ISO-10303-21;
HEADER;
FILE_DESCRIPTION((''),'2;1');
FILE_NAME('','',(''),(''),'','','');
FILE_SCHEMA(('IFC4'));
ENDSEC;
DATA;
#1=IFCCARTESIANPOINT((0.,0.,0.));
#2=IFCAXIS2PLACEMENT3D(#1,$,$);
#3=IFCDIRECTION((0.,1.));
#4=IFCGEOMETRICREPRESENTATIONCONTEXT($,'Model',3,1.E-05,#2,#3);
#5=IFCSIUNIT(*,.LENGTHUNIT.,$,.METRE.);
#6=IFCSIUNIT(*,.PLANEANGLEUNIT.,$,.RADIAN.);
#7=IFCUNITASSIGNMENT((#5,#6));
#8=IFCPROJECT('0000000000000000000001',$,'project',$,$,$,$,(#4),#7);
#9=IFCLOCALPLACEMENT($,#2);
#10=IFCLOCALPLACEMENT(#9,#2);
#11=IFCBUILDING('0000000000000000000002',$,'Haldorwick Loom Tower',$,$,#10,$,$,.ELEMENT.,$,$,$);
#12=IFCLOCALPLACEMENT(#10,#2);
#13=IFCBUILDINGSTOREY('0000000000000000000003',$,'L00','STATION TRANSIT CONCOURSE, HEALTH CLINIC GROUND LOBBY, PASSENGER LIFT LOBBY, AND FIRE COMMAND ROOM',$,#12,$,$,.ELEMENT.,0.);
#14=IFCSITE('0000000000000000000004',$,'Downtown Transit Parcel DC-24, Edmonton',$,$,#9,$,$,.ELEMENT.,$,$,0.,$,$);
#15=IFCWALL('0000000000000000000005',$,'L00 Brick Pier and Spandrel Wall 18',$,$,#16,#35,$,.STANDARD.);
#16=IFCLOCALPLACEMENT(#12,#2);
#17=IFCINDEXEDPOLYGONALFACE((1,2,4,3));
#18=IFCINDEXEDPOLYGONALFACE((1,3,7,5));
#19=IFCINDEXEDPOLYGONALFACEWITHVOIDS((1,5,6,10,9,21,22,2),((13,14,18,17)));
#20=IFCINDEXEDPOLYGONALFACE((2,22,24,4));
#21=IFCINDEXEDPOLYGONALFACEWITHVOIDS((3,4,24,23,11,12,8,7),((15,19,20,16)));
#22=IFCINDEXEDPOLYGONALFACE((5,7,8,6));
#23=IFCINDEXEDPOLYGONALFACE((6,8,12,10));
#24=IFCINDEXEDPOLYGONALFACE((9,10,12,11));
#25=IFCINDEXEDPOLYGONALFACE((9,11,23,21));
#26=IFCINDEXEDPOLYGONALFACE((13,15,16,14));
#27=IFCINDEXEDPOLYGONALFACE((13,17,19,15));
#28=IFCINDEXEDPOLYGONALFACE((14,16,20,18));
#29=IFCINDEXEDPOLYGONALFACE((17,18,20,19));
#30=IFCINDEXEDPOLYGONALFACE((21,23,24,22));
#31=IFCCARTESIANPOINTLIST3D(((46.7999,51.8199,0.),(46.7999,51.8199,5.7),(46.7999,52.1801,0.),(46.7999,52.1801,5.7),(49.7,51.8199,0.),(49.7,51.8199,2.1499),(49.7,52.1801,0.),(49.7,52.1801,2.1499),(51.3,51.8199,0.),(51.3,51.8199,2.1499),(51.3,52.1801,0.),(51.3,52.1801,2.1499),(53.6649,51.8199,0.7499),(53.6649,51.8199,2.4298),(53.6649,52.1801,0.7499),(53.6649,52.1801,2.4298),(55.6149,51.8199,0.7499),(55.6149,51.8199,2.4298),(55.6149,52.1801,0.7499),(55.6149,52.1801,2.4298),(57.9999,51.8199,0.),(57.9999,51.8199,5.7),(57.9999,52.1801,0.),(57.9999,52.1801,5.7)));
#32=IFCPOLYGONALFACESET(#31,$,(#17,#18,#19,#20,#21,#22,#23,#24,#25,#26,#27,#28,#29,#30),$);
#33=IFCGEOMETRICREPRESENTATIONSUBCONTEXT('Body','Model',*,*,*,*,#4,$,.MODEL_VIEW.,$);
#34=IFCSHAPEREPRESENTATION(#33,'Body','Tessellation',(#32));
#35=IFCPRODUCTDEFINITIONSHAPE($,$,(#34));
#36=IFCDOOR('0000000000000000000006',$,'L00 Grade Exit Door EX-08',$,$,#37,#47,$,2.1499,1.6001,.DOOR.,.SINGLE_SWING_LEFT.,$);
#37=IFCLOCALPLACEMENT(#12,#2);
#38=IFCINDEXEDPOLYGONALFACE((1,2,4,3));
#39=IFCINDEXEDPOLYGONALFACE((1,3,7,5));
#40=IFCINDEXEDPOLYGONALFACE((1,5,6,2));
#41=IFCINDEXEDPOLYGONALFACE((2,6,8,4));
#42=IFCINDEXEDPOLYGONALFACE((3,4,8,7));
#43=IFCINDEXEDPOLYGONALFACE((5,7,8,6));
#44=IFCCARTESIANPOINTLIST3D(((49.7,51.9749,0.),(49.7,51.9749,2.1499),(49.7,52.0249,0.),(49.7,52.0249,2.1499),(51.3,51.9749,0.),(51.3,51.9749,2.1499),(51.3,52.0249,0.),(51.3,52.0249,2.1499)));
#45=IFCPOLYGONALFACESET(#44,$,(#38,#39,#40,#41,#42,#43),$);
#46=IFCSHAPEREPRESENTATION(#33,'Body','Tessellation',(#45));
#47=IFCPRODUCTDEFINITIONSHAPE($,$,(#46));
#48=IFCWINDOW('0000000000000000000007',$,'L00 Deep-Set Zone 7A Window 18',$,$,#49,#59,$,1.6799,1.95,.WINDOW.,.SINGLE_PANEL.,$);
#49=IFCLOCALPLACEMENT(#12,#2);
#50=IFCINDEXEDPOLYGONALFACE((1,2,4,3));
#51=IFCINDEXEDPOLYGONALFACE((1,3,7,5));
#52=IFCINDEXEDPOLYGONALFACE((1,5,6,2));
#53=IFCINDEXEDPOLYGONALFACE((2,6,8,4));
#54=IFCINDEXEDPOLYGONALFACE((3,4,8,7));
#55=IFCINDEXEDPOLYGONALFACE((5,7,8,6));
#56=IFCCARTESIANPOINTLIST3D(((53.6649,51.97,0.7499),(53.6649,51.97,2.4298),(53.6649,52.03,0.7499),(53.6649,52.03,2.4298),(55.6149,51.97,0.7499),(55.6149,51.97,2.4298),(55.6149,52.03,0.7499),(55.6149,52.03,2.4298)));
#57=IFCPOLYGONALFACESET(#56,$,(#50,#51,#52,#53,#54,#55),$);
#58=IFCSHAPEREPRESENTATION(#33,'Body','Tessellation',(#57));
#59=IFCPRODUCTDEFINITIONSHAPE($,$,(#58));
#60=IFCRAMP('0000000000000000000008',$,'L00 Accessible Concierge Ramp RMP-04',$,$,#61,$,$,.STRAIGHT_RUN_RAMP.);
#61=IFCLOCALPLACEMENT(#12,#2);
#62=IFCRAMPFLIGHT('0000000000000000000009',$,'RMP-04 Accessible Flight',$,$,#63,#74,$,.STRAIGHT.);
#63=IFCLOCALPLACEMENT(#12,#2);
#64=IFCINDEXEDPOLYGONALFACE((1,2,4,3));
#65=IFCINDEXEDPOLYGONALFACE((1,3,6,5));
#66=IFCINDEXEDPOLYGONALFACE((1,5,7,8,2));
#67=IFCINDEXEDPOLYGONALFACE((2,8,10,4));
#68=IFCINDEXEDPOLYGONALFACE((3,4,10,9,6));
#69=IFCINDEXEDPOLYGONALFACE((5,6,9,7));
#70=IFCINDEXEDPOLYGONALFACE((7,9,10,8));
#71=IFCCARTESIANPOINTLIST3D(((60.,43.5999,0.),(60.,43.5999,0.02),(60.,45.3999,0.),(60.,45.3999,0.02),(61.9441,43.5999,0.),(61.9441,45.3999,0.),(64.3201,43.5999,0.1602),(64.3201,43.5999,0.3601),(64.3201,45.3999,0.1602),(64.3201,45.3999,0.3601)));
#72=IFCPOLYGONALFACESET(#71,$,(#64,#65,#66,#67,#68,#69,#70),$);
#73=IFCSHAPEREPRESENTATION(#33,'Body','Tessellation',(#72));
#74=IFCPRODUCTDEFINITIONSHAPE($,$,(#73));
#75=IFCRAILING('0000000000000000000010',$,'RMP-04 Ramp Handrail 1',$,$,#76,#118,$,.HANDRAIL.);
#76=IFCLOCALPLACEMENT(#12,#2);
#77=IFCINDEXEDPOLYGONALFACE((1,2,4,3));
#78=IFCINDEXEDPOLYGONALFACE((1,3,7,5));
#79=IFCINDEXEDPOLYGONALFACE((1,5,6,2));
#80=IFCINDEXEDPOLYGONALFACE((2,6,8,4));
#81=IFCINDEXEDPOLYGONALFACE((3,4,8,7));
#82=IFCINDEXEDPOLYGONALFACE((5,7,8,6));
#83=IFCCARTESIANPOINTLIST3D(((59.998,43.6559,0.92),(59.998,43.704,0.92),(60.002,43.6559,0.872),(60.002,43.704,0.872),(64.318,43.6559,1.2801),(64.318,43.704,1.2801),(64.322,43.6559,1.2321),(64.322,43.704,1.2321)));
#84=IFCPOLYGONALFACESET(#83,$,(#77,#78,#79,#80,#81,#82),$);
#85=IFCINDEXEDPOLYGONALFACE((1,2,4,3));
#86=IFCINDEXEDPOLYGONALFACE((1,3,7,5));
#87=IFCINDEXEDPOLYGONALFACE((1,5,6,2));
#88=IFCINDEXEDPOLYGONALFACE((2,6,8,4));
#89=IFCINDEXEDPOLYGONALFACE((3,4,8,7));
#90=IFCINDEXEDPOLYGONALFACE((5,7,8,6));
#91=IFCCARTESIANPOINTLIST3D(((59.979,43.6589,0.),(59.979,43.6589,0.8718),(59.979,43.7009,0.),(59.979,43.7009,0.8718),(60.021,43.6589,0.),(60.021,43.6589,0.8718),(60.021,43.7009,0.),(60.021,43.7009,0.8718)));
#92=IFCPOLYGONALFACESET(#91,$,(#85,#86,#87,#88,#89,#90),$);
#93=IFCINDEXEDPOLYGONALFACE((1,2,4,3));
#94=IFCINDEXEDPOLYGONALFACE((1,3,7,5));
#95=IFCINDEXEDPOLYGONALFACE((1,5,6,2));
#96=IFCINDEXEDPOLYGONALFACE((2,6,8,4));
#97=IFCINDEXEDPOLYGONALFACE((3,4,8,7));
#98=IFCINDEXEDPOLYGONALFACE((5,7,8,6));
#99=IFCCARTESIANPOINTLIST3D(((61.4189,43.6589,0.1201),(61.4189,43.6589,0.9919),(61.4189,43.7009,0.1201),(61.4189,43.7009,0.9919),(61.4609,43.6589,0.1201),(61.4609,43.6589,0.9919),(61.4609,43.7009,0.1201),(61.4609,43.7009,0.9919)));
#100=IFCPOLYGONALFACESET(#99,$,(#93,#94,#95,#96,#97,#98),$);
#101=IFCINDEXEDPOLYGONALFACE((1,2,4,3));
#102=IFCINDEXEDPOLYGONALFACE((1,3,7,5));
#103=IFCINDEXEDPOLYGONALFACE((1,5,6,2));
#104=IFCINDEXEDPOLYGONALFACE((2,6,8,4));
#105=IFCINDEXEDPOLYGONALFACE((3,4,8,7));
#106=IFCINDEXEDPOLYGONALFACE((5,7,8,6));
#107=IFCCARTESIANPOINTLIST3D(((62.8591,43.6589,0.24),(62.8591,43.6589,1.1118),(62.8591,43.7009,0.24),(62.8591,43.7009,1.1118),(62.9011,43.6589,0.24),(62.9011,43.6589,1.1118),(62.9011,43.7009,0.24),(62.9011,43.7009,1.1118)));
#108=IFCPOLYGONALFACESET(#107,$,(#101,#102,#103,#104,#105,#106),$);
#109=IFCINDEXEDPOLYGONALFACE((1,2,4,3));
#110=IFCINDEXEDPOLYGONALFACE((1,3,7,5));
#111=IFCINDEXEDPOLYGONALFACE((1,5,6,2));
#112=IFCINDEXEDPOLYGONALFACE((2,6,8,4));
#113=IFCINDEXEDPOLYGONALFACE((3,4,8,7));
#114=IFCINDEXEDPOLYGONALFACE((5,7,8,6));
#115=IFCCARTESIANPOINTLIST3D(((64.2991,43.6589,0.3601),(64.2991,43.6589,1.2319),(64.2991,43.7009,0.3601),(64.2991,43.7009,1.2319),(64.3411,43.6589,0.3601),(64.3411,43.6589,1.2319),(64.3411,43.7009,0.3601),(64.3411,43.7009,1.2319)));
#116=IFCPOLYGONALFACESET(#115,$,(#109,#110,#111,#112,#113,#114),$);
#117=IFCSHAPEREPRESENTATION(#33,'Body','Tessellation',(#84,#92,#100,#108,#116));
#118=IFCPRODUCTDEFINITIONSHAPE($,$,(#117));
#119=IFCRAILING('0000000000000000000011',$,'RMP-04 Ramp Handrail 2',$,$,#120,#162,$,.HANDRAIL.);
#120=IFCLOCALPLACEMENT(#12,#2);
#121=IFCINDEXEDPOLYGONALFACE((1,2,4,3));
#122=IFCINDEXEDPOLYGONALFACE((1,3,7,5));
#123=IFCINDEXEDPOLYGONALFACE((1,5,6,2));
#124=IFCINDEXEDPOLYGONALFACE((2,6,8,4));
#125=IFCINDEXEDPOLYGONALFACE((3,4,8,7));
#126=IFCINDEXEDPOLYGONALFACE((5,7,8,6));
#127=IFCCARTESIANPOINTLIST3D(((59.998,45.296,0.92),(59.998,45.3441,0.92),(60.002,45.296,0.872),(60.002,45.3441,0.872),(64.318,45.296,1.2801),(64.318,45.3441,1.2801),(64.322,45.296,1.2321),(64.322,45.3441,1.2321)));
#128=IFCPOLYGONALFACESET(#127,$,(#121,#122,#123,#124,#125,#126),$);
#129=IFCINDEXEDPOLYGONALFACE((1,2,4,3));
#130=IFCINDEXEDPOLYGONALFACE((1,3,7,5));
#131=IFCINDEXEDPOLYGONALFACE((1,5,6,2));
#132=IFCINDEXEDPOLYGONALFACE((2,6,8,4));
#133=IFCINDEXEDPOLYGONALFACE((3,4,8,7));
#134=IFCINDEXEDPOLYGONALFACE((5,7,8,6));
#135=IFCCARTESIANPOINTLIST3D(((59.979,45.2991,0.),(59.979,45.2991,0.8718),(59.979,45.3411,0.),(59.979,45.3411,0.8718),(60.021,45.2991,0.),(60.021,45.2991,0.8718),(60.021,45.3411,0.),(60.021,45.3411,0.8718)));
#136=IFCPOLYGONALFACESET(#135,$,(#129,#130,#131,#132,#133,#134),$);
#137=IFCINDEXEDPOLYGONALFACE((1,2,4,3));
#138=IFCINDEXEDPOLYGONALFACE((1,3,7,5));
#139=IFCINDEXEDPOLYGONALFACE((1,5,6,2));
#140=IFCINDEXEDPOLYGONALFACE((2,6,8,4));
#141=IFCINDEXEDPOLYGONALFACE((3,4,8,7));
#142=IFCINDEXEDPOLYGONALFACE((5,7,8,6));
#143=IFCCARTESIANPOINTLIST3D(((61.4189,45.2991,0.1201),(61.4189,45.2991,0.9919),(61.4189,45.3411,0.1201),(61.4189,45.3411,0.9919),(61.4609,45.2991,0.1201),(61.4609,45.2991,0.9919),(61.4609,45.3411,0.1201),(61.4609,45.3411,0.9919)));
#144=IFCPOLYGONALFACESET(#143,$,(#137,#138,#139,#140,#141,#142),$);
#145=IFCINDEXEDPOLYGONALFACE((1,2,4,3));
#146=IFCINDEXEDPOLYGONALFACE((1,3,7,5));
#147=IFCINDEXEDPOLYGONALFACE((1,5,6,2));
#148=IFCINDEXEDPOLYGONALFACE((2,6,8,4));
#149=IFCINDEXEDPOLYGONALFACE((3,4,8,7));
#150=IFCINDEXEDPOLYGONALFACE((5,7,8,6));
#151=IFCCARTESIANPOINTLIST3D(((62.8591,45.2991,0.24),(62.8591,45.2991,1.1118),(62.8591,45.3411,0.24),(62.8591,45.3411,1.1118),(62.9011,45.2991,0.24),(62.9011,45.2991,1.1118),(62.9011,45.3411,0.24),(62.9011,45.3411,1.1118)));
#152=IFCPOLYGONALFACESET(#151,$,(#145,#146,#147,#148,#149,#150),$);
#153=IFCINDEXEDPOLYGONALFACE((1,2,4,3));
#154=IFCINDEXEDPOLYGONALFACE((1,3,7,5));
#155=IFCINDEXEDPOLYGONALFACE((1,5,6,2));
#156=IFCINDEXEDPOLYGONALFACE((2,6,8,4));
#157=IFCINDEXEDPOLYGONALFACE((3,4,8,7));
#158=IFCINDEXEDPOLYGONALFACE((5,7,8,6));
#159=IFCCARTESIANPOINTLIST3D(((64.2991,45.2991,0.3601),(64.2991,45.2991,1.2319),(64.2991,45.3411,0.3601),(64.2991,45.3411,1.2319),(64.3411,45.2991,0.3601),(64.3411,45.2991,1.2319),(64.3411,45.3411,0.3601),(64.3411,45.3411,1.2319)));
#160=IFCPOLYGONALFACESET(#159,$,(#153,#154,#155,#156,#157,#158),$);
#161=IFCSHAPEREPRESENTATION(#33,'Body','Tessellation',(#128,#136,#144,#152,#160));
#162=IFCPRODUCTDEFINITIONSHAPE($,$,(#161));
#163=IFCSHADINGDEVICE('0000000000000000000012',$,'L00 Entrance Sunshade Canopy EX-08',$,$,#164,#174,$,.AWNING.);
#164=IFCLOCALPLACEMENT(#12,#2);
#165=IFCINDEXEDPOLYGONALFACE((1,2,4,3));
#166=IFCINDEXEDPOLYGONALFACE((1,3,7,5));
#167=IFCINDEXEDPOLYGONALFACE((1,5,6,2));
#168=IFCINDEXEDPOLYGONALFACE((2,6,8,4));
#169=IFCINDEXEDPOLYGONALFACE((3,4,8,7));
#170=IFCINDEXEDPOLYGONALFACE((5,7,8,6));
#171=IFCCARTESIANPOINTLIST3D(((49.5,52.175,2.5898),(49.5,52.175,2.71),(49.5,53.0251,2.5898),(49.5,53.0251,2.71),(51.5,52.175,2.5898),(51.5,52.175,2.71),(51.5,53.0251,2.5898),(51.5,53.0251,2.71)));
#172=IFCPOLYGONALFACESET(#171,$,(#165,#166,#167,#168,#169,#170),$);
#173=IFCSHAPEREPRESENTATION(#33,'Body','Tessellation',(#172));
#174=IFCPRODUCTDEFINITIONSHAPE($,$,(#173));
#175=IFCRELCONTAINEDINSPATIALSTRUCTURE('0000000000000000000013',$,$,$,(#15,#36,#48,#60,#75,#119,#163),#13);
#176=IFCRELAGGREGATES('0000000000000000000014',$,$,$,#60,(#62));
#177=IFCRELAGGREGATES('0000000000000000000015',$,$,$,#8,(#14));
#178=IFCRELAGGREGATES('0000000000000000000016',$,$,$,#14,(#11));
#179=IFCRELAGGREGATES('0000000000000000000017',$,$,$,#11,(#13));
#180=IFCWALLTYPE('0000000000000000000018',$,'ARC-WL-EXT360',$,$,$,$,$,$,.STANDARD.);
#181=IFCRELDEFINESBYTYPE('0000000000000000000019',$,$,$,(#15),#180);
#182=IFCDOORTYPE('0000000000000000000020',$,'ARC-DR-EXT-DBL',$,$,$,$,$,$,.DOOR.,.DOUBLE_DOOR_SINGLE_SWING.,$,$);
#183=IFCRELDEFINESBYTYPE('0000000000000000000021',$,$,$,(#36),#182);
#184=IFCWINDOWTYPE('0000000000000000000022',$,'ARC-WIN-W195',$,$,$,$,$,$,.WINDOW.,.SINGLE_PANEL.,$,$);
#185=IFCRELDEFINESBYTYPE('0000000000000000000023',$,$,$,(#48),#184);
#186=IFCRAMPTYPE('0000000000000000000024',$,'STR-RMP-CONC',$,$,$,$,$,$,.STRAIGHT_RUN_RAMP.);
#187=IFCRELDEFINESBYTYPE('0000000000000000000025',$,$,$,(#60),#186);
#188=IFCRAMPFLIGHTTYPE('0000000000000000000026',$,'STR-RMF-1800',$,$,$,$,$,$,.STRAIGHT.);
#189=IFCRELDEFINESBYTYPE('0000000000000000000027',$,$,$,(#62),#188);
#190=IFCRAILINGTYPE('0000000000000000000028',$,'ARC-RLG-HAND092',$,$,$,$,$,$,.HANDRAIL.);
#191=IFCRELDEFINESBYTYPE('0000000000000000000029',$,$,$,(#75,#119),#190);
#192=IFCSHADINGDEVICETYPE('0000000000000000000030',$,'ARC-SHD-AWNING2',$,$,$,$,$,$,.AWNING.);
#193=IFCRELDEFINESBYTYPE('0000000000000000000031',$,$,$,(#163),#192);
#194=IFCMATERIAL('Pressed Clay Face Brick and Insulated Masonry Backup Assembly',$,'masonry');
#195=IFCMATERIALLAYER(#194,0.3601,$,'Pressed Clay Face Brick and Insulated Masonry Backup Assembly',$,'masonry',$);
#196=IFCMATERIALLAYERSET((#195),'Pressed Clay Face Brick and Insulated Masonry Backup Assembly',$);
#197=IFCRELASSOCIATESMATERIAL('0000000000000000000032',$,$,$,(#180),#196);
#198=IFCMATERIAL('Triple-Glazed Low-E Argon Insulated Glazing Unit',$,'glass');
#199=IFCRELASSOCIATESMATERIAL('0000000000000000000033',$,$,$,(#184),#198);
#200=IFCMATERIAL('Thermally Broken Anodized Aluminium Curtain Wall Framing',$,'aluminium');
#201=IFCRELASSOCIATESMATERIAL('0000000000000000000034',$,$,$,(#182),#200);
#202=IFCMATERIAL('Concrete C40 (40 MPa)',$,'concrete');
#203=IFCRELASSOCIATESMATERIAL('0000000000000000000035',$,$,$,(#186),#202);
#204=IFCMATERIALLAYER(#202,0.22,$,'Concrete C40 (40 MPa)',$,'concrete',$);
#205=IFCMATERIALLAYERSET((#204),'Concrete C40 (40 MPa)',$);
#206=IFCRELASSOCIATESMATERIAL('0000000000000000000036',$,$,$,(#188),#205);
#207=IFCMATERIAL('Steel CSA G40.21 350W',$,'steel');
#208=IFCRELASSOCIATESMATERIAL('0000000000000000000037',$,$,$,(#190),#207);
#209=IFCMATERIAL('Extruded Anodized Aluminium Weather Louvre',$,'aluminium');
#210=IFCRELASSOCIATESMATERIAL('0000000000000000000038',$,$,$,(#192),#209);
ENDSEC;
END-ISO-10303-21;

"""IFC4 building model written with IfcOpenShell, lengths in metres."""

from ifc_helpers import new_model, si_unit, direction, frame, frame_2d, origin, origin_2d, place, context, subcontext, project, spatial, polyline, rectangle, outline, extrude, material, layer, layer_set, type_object, element, fill, aggregate, save


model = new_model("IFC4")

# Units and contexts
model_context = context("Model", 3, precision=1e-05, world=origin(), true_north=direction((0.0, 1.0)))
body_context = subcontext(model_context, "Body", "Model", "MODEL_VIEW")
ifc_project = project(units=[si_unit("LENGTHUNIT", "METRE"), si_unit("PLANEANGLEUNIT", "RADIAN")], contexts=[model_context])

# Site, building, storey
site_placement = place(None, origin())
site = spatial("IfcSite", under=ifc_project, at=site_placement, Name="Downtown Transit Parcel DC-24, Edmonton", CompositionType="ELEMENT", RefElevation=0.0)
building_placement = place(site_placement, origin())
building = spatial("IfcBuilding", under=site, at=building_placement, Name="Haldorwick Loom Tower", CompositionType="ELEMENT")
storey_placement = place(building_placement, origin())
storey = spatial("IfcBuildingStorey", under=building, at=storey_placement, Name="L00", Description="STATION TRANSIT CONCOURSE, HEALTH CLINIC GROUND LOBBY, PASSENGER LIFT LOBBY, AND FIRE COMMAND ROOM", CompositionType="ELEMENT", Elevation=0.0)

# Shared definitions
ifc_material_1 = material(Name="Steel CSA G40.21 350W", Category="steel")

# Shared definitions
ifc_material_2 = material(Name="Pressed Clay Face Brick and Insulated Masonry Backup Assembly", Category="masonry")
ifc_layer_1 = layer(ifc_material_2, 0.3601, Name="Pressed Clay Face Brick and Insulated Masonry Backup Assembly", Category="masonry")
ifc_layer_set_1 = layer_set([ifc_layer_1], Name="Pressed Clay Face Brick and Insulated Masonry Backup Assembly")
wall_type = type_object("IfcWallType", Name="ARC-WL-EXT360", PredefinedType="STANDARD", material=ifc_layer_set_1)
ifc_material_3 = material(Name="Triple-Glazed Low-E Argon Insulated Glazing Unit", Category="glass")
window_type = type_object("IfcWindowType", Name="ARC-WIN-W195", PartitioningType="SINGLE_PANEL", PredefinedType="WINDOW", material=ifc_material_3)

# Wall, openings, door, window
wall_1_placement = place(storey_placement, frame((58.0, 52.0, 0.0), z_axis=(0.0, 0.0, 1.0), x_axis=(-1.0, 0.0, 0.0)))
wall_1 = element("IfcWall", 1, at=wall_1_placement, inside=storey, type_object=wall_type, Name="L00 Brick Pier and Spandrel Wall 18", PredefinedType="STANDARD", context=body_context, shape_type="SweptSolid", body=[
    extrude(rectangle(XDim=11.2, YDim=0.3601, at=frame_2d((5.6001, 0.0))), origin(), (0.0, 0.0, 1.0), 5.7),
])
opening_1_placement = place(wall_1_placement, frame((6.7, 0.0, 0.0)))
opening_1 = element("IfcOpeningElement", 2, at=opening_1_placement, cuts=wall_1, PredefinedType="OPENING", context=body_context, shape_type="SweptSolid", body=[
    extrude(rectangle(XDim=1.6001, YDim=2.1499, at=frame_2d((0.8, 1.075))), frame((0.0, 0.1899, 0.0), z_axis=(0.0, -1.0, 0.0), x_axis=(1.0, 0.0, 0.0)), (0.0, 0.0, 1.0), 0.3801),
])
opening_2_placement = place(wall_1_placement, frame((2.385, 0.0, 0.75)))
opening_2 = element("IfcOpeningElement", 3, at=opening_2_placement, cuts=wall_1, PredefinedType="OPENING", context=body_context, shape_type="SweptSolid", body=[
    extrude(rectangle(XDim=1.95, YDim=1.6799, at=frame_2d((0.9751, 0.8398))), frame((0.0, 0.1899, 0.0), z_axis=(0.0, -1.0, 0.0), x_axis=(1.0, 0.0, 0.0)), (0.0, 0.0, 1.0), 0.3801),
])
ifc_material_4 = material(Name="Thermally Broken Anodized Aluminium Curtain Wall Framing", Category="aluminium")
door_type_1 = type_object("IfcDoorType", Name="ARC-DR-EXT-DBL", OperationType="DOUBLE_DOOR_SINGLE_SWING", PredefinedType="DOOR", material=ifc_material_4)
door_1_placement = place(opening_1_placement, frame((1.6001, 0.0, 0.0), z_axis=(0.0, 0.0, 1.0), x_axis=(-1.0, 0.0, 0.0)))
door_1 = element("IfcDoor", 4, at=door_1_placement, inside=storey, type_object=door_type_1, Name="L00 Grade Exit Door EX-08", OperationType="SINGLE_SWING_LEFT", OverallHeight=2.1499, OverallWidth=1.6001, PredefinedType="DOOR", context=body_context, shape_type="SweptSolid", body=[
    extrude(rectangle(XDim=1.6001, YDim=2.1499, at=frame_2d((0.8, 1.075))), frame((0.0, 0.0249, 0.0), z_axis=(0.0, -1.0, 0.0), x_axis=(1.0, 0.0, 0.0)), (0.0, 0.0, 1.0), 0.05),
])
fill(opening_1, door_1)
window_1_placement = place(opening_2_placement, origin())
window_1 = element("IfcWindow", 5, at=window_1_placement, inside=storey, type_object=window_type, Name="L00 Deep-Set Zone 7A Window 18", OverallHeight=1.6799, OverallWidth=1.95, PartitioningType="SINGLE_PANEL", PredefinedType="WINDOW", context=body_context, shape_type="SweptSolid", body=[
    extrude(rectangle(XDim=1.95, YDim=1.6799, at=frame_2d((0.9751, 0.8398))), frame((0.0, 0.03, 0.0), z_axis=(0.0, -1.0, 0.0), x_axis=(1.0, 0.0, 0.0)), (0.0, 0.0, 1.0), 0.0601),
])
fill(opening_2, window_1)

# Ramp, ramp flight
ifc_material_5 = material(Name="Concrete C40 (40 MPa)", Category="concrete")
ramp_type = type_object("IfcRampType", Name="STR-RMP-CONC", PredefinedType="STRAIGHT_RUN_RAMP", material=ifc_material_5)
ramp_placement = place(storey_placement, origin())
ramp = element("IfcRamp", 6, at=ramp_placement, inside=storey, type_object=ramp_type, Name="L00 Accessible Concierge Ramp RMP-04", PredefinedType="STRAIGHT_RUN_RAMP")
ifc_layer_2 = layer(ifc_material_5, 0.22, Name="Concrete C40 (40 MPa)", Category="concrete")
ifc_layer_set_2 = layer_set([ifc_layer_2], Name="Concrete C40 (40 MPa)")
ramp_flight_type = type_object("IfcRampFlightType", Name="STR-RMF-1800", PredefinedType="STRAIGHT", material=ifc_layer_set_2)
ramp_flight_placement = place(storey_placement, frame((60.0, 44.5, 0.0), z_axis=(0.0, 0.0, 1.0), x_axis=(1.0, 0.0, 0.0)))
ramp_flight = element("IfcRampFlight", 7, at=ramp_flight_placement, type_object=ramp_flight_type, Name="RMP-04 Accessible Flight", PredefinedType="STRAIGHT", context=body_context, shape_type="SweptSolid", body=[
    extrude(outline(polyline([(0.0, 0.0), (0.0, 0.02), (4.3201, 0.3601), (4.3201, 0.1602), (1.9441, 0.0), (0.0, 0.0)])), frame((0.0, 0.8999, 0.0), z_axis=(0.0, -1.0, 0.0), x_axis=(1.0, 0.0, 0.0)), (0.0, 0.0, 1.0), 1.8),
])
aggregate(ramp, [ramp_flight])

# Railings
railing_type = type_object("IfcRailingType", Name="ARC-RLG-HAND092", PredefinedType="HANDRAIL", material=ifc_material_1)
for number, where, name in (
    (8, (60.0, 43.6799, 0.0), "RMP-04 Ramp Handrail 1"),
    (9, (60.0, 45.3201, 0.0), "RMP-04 Ramp Handrail 2"),
):
    element("IfcRailing", number, at=place(storey_placement, frame(where)), inside=storey, type_object=railing_type, Name=name, PredefinedType="HANDRAIL", context=body_context, shape_type="SweptSolid", body=[
        extrude(rectangle(XDim=0.0481, YDim=0.0481, at=origin_2d()), frame((0.0, 0.0, 0.896), z_axis=(0.996544, 0.0, 0.083069), x_axis=(0.0, 1.0, 0.0)), (0.0, 0.0, 1.0), 4.335),
        extrude(rectangle(XDim=0.042, YDim=0.042, at=origin_2d()), origin(), (0.0, 0.0, 1.0), 0.8718),
        extrude(rectangle(XDim=0.042, YDim=0.042, at=origin_2d()), frame((1.4399, 0.0, 0.1201)), (0.0, 0.0, 1.0), 0.8718),
        extrude(rectangle(XDim=0.042, YDim=0.042, at=origin_2d()), frame((2.8801, 0.0, 0.24)), (0.0, 0.0, 1.0), 0.8718),
        extrude(rectangle(XDim=0.042, YDim=0.042, at=origin_2d()), frame((4.3201, 0.0, 0.3601)), (0.0, 0.0, 1.0), 0.8718),
    ])

# Shading device
ifc_material_6 = material(Name="Extruded Anodized Aluminium Weather Louvre", Category="aluminium")
shading_device_type = type_object("IfcShadingDeviceType", Name="ARC-SHD-AWNING2", PredefinedType="AWNING", material=ifc_material_6)
shading_device_placement = place(storey_placement, frame((50.5, 52.6001, 2.5898), z_axis=(0.0, 0.0, 1.0), x_axis=(-1.0, 0.0, 0.0)))
element("IfcShadingDevice", 10, at=shading_device_placement, inside=storey, type_object=shading_device_type, Name="L00 Entrance Sunshade Canopy EX-08", PredefinedType="AWNING", context=body_context, shape_type="SweptSolid", body=[
    extrude(rectangle(XDim=2.0, YDim=0.8501, at=origin_2d()), origin(), (0.0, 0.0, 1.0), 0.1201),
])

save(model, "model.ifc")
